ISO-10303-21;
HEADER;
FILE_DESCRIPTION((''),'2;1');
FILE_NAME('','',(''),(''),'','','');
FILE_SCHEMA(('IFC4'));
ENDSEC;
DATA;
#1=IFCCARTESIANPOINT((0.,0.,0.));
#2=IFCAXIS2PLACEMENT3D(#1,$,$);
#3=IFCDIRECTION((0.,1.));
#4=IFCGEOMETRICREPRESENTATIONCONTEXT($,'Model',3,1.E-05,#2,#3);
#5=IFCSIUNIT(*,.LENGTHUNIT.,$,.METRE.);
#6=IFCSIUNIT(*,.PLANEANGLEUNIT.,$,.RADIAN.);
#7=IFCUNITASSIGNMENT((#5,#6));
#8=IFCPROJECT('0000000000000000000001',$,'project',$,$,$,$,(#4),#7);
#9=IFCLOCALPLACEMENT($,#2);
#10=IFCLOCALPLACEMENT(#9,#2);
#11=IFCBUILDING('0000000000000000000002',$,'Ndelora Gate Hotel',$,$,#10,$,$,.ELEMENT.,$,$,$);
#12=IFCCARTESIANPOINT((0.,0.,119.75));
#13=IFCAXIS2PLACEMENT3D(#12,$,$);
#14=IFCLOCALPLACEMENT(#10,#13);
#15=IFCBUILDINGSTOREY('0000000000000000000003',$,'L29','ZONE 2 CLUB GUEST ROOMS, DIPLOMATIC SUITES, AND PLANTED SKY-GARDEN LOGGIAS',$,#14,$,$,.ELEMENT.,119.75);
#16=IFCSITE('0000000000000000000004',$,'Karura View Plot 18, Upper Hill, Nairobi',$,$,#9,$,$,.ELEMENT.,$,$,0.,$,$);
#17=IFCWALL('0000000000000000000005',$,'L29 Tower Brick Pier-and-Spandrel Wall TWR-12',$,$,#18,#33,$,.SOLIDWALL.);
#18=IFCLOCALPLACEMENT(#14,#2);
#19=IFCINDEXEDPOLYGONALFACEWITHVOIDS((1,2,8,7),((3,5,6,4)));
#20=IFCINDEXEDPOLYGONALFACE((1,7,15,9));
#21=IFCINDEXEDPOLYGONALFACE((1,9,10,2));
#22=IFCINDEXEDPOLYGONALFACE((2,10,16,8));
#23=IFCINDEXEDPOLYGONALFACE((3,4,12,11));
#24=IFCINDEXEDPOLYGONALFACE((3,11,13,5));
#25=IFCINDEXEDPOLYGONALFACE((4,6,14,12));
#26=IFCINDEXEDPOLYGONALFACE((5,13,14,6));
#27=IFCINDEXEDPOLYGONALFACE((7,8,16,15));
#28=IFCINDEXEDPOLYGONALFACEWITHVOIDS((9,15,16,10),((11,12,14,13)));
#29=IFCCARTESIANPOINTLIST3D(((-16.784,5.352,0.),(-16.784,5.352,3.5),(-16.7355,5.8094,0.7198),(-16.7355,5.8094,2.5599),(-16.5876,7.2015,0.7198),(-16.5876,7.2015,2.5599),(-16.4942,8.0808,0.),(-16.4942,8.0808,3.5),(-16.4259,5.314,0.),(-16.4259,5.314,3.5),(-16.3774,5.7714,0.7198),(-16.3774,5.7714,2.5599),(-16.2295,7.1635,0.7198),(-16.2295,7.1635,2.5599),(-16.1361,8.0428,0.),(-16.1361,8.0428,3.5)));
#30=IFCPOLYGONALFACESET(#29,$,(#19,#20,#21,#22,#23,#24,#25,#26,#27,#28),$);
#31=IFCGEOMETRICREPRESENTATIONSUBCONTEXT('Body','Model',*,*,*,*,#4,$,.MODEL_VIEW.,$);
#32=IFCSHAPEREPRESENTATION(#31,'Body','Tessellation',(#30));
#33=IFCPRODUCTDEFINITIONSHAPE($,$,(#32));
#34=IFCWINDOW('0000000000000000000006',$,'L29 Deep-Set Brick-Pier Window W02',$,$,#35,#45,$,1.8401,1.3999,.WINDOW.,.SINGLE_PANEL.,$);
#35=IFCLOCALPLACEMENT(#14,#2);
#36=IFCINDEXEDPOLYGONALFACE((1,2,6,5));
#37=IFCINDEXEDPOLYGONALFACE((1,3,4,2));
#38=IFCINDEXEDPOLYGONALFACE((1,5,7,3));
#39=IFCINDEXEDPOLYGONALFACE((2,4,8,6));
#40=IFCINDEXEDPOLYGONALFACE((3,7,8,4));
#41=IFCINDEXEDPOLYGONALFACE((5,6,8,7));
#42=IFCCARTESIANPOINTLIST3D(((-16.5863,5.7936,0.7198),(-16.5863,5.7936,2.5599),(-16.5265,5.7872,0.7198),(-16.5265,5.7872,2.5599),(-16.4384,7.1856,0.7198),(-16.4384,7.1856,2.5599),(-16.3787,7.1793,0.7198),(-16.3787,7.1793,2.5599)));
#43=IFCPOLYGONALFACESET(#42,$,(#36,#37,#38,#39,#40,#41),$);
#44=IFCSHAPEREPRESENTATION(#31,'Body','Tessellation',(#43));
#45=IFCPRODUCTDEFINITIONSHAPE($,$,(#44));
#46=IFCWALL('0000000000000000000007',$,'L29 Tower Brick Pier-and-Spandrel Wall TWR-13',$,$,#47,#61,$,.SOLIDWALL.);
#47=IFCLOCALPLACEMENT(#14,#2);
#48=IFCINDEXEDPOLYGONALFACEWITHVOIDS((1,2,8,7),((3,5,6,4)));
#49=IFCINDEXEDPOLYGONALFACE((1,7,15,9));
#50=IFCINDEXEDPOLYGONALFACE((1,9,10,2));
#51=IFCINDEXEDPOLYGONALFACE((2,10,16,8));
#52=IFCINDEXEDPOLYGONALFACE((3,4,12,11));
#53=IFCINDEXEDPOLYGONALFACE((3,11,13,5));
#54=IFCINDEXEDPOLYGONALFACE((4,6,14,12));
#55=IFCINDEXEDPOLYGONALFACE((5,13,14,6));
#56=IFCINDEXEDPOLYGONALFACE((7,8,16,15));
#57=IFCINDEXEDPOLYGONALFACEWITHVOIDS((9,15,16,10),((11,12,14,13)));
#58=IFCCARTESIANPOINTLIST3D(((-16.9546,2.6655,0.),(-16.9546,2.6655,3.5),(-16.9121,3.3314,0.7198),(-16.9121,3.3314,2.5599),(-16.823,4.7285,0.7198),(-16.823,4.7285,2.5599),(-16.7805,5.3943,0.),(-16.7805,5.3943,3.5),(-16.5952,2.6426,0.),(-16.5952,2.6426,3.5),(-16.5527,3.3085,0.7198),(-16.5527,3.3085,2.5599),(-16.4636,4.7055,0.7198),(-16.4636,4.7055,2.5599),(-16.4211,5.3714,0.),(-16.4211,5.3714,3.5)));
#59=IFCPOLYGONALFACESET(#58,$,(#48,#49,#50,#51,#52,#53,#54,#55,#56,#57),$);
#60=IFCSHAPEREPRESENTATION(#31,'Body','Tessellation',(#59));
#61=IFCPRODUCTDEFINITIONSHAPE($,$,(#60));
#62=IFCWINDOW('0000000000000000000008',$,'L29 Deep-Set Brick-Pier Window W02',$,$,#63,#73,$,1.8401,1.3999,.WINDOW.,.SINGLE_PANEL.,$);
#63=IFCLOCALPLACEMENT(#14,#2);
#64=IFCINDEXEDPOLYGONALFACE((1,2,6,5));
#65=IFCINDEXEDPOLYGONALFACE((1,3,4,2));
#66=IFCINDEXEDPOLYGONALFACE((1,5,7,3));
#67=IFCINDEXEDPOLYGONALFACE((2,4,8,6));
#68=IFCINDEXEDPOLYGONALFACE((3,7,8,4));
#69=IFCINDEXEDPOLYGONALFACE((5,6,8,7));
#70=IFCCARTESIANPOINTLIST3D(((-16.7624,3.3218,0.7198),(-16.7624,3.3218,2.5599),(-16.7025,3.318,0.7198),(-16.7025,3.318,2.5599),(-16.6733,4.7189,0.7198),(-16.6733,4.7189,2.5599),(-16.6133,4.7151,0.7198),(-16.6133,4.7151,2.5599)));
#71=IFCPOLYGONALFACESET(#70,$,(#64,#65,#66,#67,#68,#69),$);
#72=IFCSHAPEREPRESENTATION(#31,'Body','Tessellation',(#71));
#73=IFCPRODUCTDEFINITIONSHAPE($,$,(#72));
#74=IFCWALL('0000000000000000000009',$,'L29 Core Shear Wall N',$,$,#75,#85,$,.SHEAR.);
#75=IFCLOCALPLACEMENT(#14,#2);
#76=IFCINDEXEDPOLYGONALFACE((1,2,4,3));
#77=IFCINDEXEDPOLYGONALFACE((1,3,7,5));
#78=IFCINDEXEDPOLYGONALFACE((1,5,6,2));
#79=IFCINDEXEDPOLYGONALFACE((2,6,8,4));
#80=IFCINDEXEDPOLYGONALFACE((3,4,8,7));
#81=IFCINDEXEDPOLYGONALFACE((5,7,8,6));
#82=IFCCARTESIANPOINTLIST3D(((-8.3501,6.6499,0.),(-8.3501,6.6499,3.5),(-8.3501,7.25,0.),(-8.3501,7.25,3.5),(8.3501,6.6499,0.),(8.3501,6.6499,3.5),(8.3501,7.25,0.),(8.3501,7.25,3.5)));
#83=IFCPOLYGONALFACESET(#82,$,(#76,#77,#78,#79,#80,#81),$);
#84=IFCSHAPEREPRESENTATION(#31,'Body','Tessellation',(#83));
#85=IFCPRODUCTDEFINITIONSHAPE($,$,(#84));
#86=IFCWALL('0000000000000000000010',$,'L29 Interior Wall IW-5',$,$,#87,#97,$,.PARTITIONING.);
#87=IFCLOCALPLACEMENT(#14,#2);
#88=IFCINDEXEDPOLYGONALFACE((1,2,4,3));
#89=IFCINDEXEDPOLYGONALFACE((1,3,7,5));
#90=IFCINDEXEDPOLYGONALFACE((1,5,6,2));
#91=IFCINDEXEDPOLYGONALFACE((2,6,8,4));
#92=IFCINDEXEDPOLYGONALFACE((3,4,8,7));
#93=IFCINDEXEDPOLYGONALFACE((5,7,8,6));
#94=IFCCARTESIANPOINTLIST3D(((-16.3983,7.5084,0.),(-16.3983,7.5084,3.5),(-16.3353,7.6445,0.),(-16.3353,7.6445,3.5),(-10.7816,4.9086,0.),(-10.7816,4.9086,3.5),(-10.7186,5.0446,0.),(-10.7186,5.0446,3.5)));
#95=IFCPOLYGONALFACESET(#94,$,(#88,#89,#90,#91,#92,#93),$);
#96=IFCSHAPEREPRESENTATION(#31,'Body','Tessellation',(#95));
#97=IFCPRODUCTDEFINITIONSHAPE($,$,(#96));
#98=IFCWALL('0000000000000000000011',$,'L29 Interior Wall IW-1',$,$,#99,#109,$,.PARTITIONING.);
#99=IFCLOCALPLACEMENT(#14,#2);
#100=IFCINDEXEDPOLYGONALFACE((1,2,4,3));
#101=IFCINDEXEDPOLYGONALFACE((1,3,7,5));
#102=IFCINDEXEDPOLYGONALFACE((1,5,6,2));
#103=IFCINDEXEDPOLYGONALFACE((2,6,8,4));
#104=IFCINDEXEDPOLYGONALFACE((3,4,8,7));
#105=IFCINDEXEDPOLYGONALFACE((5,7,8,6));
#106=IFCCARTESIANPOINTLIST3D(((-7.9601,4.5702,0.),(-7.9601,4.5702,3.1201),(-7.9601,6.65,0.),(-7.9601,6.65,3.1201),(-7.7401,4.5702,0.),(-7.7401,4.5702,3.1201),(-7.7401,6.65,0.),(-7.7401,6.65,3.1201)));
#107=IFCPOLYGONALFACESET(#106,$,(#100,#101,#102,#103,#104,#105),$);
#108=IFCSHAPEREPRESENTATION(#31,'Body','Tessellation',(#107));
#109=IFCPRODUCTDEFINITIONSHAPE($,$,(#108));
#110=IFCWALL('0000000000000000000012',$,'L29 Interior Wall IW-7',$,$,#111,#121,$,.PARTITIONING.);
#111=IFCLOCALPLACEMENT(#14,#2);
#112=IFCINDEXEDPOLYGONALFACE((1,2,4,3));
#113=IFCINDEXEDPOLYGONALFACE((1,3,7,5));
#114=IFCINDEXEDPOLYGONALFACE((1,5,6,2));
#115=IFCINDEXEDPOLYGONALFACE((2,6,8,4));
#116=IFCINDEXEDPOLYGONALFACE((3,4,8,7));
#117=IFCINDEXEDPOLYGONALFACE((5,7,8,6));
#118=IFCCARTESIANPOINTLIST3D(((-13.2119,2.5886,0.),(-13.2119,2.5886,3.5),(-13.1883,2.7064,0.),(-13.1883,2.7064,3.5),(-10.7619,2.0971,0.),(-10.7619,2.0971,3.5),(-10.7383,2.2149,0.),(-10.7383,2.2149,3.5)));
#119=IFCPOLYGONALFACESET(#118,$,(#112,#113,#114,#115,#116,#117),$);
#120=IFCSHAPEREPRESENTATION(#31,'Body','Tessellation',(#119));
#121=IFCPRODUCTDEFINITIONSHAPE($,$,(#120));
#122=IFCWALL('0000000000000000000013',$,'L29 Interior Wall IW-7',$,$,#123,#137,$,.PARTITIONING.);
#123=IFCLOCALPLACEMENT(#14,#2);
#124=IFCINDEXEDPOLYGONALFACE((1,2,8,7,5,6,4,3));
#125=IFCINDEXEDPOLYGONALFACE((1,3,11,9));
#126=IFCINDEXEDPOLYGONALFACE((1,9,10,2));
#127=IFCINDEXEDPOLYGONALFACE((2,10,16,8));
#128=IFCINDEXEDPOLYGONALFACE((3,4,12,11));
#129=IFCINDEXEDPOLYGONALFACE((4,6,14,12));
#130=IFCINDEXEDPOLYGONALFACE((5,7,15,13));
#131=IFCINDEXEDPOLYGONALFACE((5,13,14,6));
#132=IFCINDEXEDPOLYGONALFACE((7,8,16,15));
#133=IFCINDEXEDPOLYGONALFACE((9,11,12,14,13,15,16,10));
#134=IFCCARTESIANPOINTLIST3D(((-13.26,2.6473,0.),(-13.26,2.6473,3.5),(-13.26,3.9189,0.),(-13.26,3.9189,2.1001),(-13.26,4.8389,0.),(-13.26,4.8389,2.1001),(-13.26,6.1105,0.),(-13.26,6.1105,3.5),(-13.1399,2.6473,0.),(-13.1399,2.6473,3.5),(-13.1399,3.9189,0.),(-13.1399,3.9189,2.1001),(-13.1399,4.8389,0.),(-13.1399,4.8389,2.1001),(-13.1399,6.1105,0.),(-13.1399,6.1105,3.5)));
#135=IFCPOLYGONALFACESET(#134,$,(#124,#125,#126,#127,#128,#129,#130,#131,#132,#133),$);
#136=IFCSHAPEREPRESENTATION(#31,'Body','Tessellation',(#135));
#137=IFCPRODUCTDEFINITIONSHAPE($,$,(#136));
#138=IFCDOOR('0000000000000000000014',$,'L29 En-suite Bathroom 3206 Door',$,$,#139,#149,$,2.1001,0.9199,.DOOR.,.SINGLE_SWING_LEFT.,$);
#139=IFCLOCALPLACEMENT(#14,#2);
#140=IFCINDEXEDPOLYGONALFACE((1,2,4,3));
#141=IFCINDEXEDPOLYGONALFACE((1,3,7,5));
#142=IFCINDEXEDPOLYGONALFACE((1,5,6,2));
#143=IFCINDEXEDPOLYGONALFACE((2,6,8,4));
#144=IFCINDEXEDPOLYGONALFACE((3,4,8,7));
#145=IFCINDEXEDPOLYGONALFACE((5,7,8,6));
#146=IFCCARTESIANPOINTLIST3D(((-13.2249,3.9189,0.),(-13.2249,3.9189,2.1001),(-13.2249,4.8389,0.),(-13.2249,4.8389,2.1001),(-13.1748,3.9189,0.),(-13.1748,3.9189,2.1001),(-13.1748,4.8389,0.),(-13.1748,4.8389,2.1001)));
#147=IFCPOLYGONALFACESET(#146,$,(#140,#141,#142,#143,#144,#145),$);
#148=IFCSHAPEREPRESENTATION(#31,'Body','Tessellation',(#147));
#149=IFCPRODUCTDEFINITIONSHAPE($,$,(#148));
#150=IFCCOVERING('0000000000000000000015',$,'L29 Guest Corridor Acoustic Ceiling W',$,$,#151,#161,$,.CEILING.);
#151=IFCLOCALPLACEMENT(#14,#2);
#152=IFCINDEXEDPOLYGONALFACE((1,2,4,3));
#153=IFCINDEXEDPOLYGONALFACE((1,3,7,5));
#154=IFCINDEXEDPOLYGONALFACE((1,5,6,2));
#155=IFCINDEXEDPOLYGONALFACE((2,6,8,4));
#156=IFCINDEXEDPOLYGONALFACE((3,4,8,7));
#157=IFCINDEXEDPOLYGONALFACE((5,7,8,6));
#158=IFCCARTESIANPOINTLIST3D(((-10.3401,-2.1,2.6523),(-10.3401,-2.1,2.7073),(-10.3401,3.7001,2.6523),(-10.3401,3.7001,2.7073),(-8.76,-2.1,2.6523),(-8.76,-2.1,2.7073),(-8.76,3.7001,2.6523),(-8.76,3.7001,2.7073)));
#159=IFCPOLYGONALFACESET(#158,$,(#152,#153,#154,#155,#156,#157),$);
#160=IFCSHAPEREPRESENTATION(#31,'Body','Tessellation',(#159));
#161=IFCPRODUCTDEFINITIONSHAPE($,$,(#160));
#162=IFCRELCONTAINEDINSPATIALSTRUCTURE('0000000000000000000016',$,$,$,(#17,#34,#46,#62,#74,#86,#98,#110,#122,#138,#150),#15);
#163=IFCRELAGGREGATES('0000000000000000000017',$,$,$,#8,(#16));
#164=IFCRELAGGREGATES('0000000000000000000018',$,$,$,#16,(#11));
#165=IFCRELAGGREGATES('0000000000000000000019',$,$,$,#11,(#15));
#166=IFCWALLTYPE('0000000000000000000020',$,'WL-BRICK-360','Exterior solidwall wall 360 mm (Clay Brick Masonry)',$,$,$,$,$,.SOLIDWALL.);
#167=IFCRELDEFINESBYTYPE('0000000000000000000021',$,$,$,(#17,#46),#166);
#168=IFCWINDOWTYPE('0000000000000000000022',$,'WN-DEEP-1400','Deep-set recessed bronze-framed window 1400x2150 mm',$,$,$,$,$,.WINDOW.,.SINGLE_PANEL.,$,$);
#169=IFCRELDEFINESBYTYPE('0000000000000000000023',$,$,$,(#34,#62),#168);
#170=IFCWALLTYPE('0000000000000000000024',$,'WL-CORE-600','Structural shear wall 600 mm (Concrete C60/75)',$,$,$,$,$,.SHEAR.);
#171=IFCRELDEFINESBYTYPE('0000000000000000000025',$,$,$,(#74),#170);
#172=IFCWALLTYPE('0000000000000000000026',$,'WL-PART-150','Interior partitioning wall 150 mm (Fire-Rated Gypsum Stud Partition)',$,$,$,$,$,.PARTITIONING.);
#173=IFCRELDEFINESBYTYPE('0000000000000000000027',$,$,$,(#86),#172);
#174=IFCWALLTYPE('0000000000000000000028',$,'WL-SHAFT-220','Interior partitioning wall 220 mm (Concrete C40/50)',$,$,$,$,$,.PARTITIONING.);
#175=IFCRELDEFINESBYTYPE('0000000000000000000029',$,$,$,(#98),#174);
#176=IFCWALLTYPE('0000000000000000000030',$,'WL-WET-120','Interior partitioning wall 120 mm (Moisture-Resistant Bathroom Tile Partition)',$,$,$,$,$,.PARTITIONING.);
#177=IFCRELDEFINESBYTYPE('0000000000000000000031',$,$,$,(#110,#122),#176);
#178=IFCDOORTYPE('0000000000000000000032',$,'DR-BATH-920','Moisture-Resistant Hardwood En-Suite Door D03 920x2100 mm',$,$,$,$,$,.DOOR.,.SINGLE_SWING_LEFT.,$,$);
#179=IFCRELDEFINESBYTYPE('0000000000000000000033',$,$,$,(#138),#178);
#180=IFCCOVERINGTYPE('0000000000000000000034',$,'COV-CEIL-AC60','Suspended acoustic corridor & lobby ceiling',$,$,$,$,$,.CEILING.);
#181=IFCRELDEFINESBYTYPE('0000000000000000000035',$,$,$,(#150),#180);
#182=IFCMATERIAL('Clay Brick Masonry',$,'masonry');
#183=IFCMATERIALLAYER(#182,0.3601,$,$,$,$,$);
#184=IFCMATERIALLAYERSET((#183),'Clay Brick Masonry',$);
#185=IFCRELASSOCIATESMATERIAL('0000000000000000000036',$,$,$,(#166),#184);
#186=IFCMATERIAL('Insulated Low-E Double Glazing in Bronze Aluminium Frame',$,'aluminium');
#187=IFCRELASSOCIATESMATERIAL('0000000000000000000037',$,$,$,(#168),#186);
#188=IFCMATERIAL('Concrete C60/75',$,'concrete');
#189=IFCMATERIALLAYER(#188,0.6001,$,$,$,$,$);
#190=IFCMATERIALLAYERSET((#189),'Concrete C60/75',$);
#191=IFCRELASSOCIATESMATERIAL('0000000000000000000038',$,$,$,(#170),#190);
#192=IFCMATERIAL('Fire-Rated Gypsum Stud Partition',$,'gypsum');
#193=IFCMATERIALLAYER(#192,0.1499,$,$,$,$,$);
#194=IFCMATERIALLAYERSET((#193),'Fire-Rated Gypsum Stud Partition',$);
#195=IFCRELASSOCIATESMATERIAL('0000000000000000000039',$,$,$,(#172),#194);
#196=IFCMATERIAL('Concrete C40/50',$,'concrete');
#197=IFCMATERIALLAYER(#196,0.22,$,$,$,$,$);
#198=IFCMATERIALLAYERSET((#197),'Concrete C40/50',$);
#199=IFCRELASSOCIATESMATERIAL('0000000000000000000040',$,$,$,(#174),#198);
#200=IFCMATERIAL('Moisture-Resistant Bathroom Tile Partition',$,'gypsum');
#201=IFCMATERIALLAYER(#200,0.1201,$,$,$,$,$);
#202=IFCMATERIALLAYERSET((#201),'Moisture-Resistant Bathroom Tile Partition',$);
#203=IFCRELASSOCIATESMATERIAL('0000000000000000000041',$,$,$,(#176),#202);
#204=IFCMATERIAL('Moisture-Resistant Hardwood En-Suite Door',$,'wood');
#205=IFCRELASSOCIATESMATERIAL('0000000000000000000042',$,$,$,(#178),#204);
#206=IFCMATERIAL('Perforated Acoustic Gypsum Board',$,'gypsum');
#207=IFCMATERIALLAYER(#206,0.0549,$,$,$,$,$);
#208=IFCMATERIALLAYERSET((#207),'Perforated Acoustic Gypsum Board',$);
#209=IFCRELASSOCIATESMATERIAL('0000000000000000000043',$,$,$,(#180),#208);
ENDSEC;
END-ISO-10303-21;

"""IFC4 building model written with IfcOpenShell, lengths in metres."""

from ifc_helpers import new_model, si_unit, direction, frame, frame_2d, origin, origin_2d, place, context, subcontext, project, spatial, rectangle, extrude, material, layer, layer_set, type_object, element, fill, save


model = new_model("IFC4")

# Units and contexts
model_context = context("Model", 3, precision=1e-05, world=origin(), true_north=direction((0.0, 1.0)))
body_context = subcontext(model_context, "Body", "Model", "MODEL_VIEW")
ifc_project = project(units=[si_unit("LENGTHUNIT", "METRE"), si_unit("PLANEANGLEUNIT", "RADIAN")], contexts=[model_context])

# Site, building, storey
site_placement = place(None, origin())
site = spatial("IfcSite", under=ifc_project, at=site_placement, Name="Karura View Plot 18, Upper Hill, Nairobi", CompositionType="ELEMENT", RefElevation=0.0)
building_placement = place(site_placement, origin())
building = spatial("IfcBuilding", under=site, at=building_placement, Name="Ndelora Gate Hotel", CompositionType="ELEMENT")
storey_placement = place(building_placement, frame((0.0, 0.0, 119.75)))
storey = spatial("IfcBuildingStorey", under=building, at=storey_placement, Name="L29", Description="ZONE 2 CLUB GUEST ROOMS, DIPLOMATIC SUITES, AND PLANTED SKY-GARDEN LOGGIAS", CompositionType="ELEMENT", Elevation=119.75)

# Shared definitions
ifc_material_1 = material(Name="Concrete C60/75", Category="concrete")

# Walls, openings, windows
ifc_material_2 = material(Name="Clay Brick Masonry", Category="masonry")
ifc_layer_1 = layer(ifc_material_2, 0.3601)
ifc_layer_set_1 = layer_set([ifc_layer_1], Name="Clay Brick Masonry")
wall_type_1 = type_object("IfcWallType", Name="WL-BRICK-360", Description="Exterior solidwall wall 360 mm (Clay Brick Masonry)", PredefinedType="SOLIDWALL", material=ifc_layer_set_1)
wall_1_placement = place(storey_placement, frame((-16.605, 5.333, 0.0), z_axis=(0.0, 0.0, 1.0), x_axis=(0.105606, 0.994408, 0.0)))
wall_1 = element("IfcWall", 1, at=wall_1_placement, inside=storey, type_object=wall_type_1, Name="L29 Tower Brick Pier-and-Spandrel Wall TWR-12", PredefinedType="SOLIDWALL", context=body_context, shape_type="SweptSolid", body=[
    extrude(rectangle(XDim=2.7441, YDim=0.3601, at=frame_2d((1.3721, 0.0))), origin(), (0.0, 0.0, 1.0), 3.5),
])
opening_1_placement = place(wall_1_placement, frame((0.46, 0.0, 0.72)))
opening_1 = element("IfcOpeningElement", 2, at=opening_1_placement, cuts=wall_1, PredefinedType="OPENING", context=body_context, shape_type="SweptSolid", body=[
    extrude(rectangle(XDim=1.3999, YDim=1.8401, at=frame_2d((0.7, 0.9199))), frame((0.0, 0.1899, 0.0), z_axis=(0.0, -1.0, 0.0), x_axis=(1.0, 0.0, 0.0)), (0.0, 0.0, 1.0), 0.3801),
])
ifc_material_3 = material(Name="Insulated Low-E Double Glazing in Bronze Aluminium Frame", Category="aluminium")
window_type = type_object("IfcWindowType", Name="WN-DEEP-1400", Description="Deep-set recessed bronze-framed window 1400x2150 mm", PartitioningType="SINGLE_PANEL", PredefinedType="WINDOW", material=ifc_material_3)
window_1_placement = place(opening_1_placement, origin())
window_1 = element("IfcWindow", 3, at=window_1_placement, inside=storey, type_object=window_type, Name="L29 Deep-Set Brick-Pier Window W02", OverallHeight=1.8401, OverallWidth=1.3999, PartitioningType="SINGLE_PANEL", PredefinedType="WINDOW", context=body_context, shape_type="SweptSolid", body=[
    extrude(rectangle(XDim=1.3999, YDim=1.8401, at=frame_2d((0.7, 0.9199))), frame((0.0, 0.03, 0.0), z_axis=(0.0, -1.0, 0.0), x_axis=(1.0, 0.0, 0.0)), (0.0, 0.0, 1.0), 0.0601),
])
fill(opening_1, window_1)
wall_2_placement = place(storey_placement, frame((-16.7749, 2.6541, 0.0), z_axis=(0.0, 0.0, 1.0), x_axis=(0.063662, 0.997971, 0.0)))
wall_2 = element("IfcWall", 4, at=wall_2_placement, inside=storey, type_object=wall_type_1, Name="L29 Tower Brick Pier-and-Spandrel Wall TWR-13", PredefinedType="SOLIDWALL", context=body_context, shape_type="SweptSolid", body=[
    extrude(rectangle(XDim=2.7344, YDim=0.3601, at=frame_2d((1.3672, 0.0))), origin(), (0.0, 0.0, 1.0), 3.5),
])
opening_2_placement = place(wall_2_placement, frame((0.6672, 0.0, 0.72)))
opening_2 = element("IfcOpeningElement", 5, at=opening_2_placement, cuts=wall_2, PredefinedType="OPENING", context=body_context, shape_type="SweptSolid", body=[
    extrude(rectangle(XDim=1.3999, YDim=1.8401, at=frame_2d((0.7, 0.9199))), frame((0.0, 0.1899, 0.0), z_axis=(0.0, -1.0, 0.0), x_axis=(1.0, 0.0, 0.0)), (0.0, 0.0, 1.0), 0.3801),
])
window_2_placement = place(opening_2_placement, origin())
window_2 = element("IfcWindow", 6, at=window_2_placement, inside=storey, type_object=window_type, Name="L29 Deep-Set Brick-Pier Window W02", OverallHeight=1.8401, OverallWidth=1.3999, PartitioningType="SINGLE_PANEL", PredefinedType="WINDOW", context=body_context, shape_type="SweptSolid", body=[
    extrude(rectangle(XDim=1.3999, YDim=1.8401, at=frame_2d((0.7, 0.9199))), frame((0.0, 0.03, 0.0), z_axis=(0.0, -1.0, 0.0), x_axis=(1.0, 0.0, 0.0)), (0.0, 0.0, 1.0), 0.0601),
])
fill(opening_2, window_2)

# Wall
ifc_layer_2 = layer(ifc_material_1, 0.6001)
ifc_layer_set_2 = layer_set([ifc_layer_2], Name="Concrete C60/75")
wall_type_2 = type_object("IfcWallType", Name="WL-CORE-600", Description="Structural shear wall 600 mm (Concrete C60/75)", PredefinedType="SHEAR", material=ifc_layer_set_2)
wall_3_placement = place(storey_placement, frame((-8.3501, 6.95, 0.0), z_axis=(0.0, 0.0, 1.0), x_axis=(1.0, 0.0, 0.0)))
element("IfcWall", 7, at=wall_3_placement, inside=storey, type_object=wall_type_2, Name="L29 Core Shear Wall N", PredefinedType="SHEAR", context=body_context, shape_type="SweptSolid", body=[
    extrude(rectangle(XDim=16.7002, YDim=0.6001, at=frame_2d((8.3501, 0.0))), origin(), (0.0, 0.0, 1.0), 3.5),
])

# Shared definitions
ifc_material_4 = material(Name="Concrete C40/50", Category="concrete")

# Wall
ifc_material_5 = material(Name="Fire-Rated Gypsum Stud Partition", Category="gypsum")
ifc_layer_3 = layer(ifc_material_5, 0.1499)
ifc_layer_set_3 = layer_set([ifc_layer_3], Name="Fire-Rated Gypsum Stud Partition")
wall_type_3 = type_object("IfcWallType", Name="WL-PART-150", Description="Interior partitioning wall 150 mm (Fire-Rated Gypsum Stud Partition)", PredefinedType="PARTITIONING", material=ifc_layer_set_3)
wall_4_placement = place(storey_placement, frame((-10.75, 4.9766, 0.0), z_axis=(0.0, 0.0, 1.0), x_axis=(-0.907496, 0.420061, 0.0)))
element("IfcWall", 8, at=wall_4_placement, inside=storey, type_object=wall_type_3, Name="L29 Interior Wall IW-5", PredefinedType="PARTITIONING", context=body_context, shape_type="SweptSolid", body=[
    extrude(rectangle(XDim=6.1892, YDim=0.1499, at=frame_2d((3.0947, 0.0))), origin(), (0.0, 0.0, 1.0), 3.5),
])

# Shared definitions
ifc_layer_4 = layer(ifc_material_4, 0.22)
ifc_layer_set_4 = layer_set([ifc_layer_4], Name="Concrete C40/50")
wall_type_4 = type_object("IfcWallType", Name="WL-SHAFT-220", Description="Interior partitioning wall 220 mm (Concrete C40/50)", PredefinedType="PARTITIONING", material=ifc_layer_set_4)

# Wall
wall_5_placement = place(storey_placement, frame((-7.8501, 4.5701, 0.0), z_axis=(0.0, 0.0, 1.0), x_axis=(0.0, 1.0, 0.0)))
element("IfcWall", 9, at=wall_5_placement, inside=storey, type_object=wall_type_4, Name="L29 Interior Wall IW-1", PredefinedType="PARTITIONING", context=body_context, shape_type="SweptSolid", body=[
    extrude(rectangle(XDim=2.0798, YDim=0.22, at=frame_2d((1.04, 0.0))), origin(), (0.0, 0.0, 1.0), 3.1201),
])

# Wall
ifc_material_6 = material(Name="Moisture-Resistant Bathroom Tile Partition", Category="gypsum")
ifc_layer_5 = layer(ifc_material_6, 0.1201)
ifc_layer_set_5 = layer_set([ifc_layer_5], Name="Moisture-Resistant Bathroom Tile Partition")
wall_type_5 = type_object("IfcWallType", Name="WL-WET-120", Description="Interior partitioning wall 120 mm (Moisture-Resistant Bathroom Tile Partition)", PredefinedType="PARTITIONING", material=ifc_layer_set_5)
wall_6_placement = place(storey_placement, frame((-10.75, 2.156, 0.0), z_axis=(0.0, 0.0, 1.0), x_axis=(-0.980468, 0.19668, 0.0)))
element("IfcWall", 10, at=wall_6_placement, inside=storey, type_object=wall_type_5, Name="L29 Interior Wall IW-7", PredefinedType="PARTITIONING", context=body_context, shape_type="SweptSolid", body=[
    extrude(rectangle(XDim=2.4988, YDim=0.1201, at=frame_2d((1.2495, 0.0))), origin(), (0.0, 0.0, 1.0), 3.5),
])

# Wall, opening, door
wall_7_placement = place(storey_placement, frame((-13.2, 2.6475, 0.0), z_axis=(0.0, 0.0, 1.0), x_axis=(0.0, 1.0, 0.0)))
wall_7 = element("IfcWall", 11, at=wall_7_placement, inside=storey, type_object=wall_type_5, Name="L29 Interior Wall IW-7", PredefinedType="PARTITIONING", context=body_context, shape_type="SweptSolid", body=[
    extrude(rectangle(XDim=3.4631, YDim=0.1201, at=frame_2d((1.7314, 0.0))), origin(), (0.0, 0.0, 1.0), 3.5),
])
opening_3_placement = place(wall_7_placement, frame((1.2715, 0.0, 0.0)))
opening_3 = element("IfcOpeningElement", 12, at=opening_3_placement, cuts=wall_7, PredefinedType="OPENING", context=body_context, shape_type="SweptSolid", body=[
    extrude(rectangle(XDim=0.9199, YDim=2.1001, at=frame_2d((0.46, 1.05))), frame((0.0, 0.0701, 0.0), z_axis=(0.0, -1.0, 0.0), x_axis=(1.0, 0.0, 0.0)), (0.0, 0.0, 1.0), 0.1401),
])
ifc_material_7 = material(Name="Moisture-Resistant Hardwood En-Suite Door", Category="wood")
door_type_1 = type_object("IfcDoorType", Name="DR-BATH-920", Description="Moisture-Resistant Hardwood En-Suite Door D03 920x2100 mm", OperationType="SINGLE_SWING_LEFT", PredefinedType="DOOR", material=ifc_material_7)
door_1_placement = place(opening_3_placement, origin())
door_1 = element("IfcDoor", 13, at=door_1_placement, inside=storey, type_object=door_type_1, Name="L29 En-suite Bathroom 3206 Door", OperationType="SINGLE_SWING_LEFT", OverallHeight=2.1001, OverallWidth=0.9199, PredefinedType="DOOR", context=body_context, shape_type="SweptSolid", body=[
    extrude(rectangle(XDim=0.9199, YDim=2.1001, at=frame_2d((0.46, 1.05))), frame((0.0, 0.0249, 0.0), z_axis=(0.0, -1.0, 0.0), x_axis=(1.0, 0.0, 0.0)), (0.0, 0.0, 1.0), 0.05),
])
fill(opening_3, door_1)

# Covering
ifc_material_8 = material(Name="Perforated Acoustic Gypsum Board", Category="gypsum")
ifc_layer_6 = layer(ifc_material_8, 0.0549)
ifc_layer_set_6 = layer_set([ifc_layer_6], Name="Perforated Acoustic Gypsum Board")
covering_type_1 = type_object("IfcCoveringType", Name="COV-CEIL-AC60", Description="Suspended acoustic corridor & lobby ceiling", PredefinedType="CEILING", material=ifc_layer_set_6)
covering_1_placement = place(storey_placement, frame((-9.55, 0.8, 2.6523), z_axis=(0.0, 0.0, 1.0), x_axis=(1.0, 0.0, 0.0)))
element("IfcCovering", 14, at=covering_1_placement, inside=storey, type_object=covering_type_1, Name="L29 Guest Corridor Acoustic Ceiling W", PredefinedType="CEILING", context=body_context, shape_type="SweptSolid", body=[
    extrude(rectangle(XDim=1.5801, YDim=5.8, at=origin_2d()), origin(), (0.0, 0.0, 1.0), 0.0549),
])

save(model, "model.ifc")
